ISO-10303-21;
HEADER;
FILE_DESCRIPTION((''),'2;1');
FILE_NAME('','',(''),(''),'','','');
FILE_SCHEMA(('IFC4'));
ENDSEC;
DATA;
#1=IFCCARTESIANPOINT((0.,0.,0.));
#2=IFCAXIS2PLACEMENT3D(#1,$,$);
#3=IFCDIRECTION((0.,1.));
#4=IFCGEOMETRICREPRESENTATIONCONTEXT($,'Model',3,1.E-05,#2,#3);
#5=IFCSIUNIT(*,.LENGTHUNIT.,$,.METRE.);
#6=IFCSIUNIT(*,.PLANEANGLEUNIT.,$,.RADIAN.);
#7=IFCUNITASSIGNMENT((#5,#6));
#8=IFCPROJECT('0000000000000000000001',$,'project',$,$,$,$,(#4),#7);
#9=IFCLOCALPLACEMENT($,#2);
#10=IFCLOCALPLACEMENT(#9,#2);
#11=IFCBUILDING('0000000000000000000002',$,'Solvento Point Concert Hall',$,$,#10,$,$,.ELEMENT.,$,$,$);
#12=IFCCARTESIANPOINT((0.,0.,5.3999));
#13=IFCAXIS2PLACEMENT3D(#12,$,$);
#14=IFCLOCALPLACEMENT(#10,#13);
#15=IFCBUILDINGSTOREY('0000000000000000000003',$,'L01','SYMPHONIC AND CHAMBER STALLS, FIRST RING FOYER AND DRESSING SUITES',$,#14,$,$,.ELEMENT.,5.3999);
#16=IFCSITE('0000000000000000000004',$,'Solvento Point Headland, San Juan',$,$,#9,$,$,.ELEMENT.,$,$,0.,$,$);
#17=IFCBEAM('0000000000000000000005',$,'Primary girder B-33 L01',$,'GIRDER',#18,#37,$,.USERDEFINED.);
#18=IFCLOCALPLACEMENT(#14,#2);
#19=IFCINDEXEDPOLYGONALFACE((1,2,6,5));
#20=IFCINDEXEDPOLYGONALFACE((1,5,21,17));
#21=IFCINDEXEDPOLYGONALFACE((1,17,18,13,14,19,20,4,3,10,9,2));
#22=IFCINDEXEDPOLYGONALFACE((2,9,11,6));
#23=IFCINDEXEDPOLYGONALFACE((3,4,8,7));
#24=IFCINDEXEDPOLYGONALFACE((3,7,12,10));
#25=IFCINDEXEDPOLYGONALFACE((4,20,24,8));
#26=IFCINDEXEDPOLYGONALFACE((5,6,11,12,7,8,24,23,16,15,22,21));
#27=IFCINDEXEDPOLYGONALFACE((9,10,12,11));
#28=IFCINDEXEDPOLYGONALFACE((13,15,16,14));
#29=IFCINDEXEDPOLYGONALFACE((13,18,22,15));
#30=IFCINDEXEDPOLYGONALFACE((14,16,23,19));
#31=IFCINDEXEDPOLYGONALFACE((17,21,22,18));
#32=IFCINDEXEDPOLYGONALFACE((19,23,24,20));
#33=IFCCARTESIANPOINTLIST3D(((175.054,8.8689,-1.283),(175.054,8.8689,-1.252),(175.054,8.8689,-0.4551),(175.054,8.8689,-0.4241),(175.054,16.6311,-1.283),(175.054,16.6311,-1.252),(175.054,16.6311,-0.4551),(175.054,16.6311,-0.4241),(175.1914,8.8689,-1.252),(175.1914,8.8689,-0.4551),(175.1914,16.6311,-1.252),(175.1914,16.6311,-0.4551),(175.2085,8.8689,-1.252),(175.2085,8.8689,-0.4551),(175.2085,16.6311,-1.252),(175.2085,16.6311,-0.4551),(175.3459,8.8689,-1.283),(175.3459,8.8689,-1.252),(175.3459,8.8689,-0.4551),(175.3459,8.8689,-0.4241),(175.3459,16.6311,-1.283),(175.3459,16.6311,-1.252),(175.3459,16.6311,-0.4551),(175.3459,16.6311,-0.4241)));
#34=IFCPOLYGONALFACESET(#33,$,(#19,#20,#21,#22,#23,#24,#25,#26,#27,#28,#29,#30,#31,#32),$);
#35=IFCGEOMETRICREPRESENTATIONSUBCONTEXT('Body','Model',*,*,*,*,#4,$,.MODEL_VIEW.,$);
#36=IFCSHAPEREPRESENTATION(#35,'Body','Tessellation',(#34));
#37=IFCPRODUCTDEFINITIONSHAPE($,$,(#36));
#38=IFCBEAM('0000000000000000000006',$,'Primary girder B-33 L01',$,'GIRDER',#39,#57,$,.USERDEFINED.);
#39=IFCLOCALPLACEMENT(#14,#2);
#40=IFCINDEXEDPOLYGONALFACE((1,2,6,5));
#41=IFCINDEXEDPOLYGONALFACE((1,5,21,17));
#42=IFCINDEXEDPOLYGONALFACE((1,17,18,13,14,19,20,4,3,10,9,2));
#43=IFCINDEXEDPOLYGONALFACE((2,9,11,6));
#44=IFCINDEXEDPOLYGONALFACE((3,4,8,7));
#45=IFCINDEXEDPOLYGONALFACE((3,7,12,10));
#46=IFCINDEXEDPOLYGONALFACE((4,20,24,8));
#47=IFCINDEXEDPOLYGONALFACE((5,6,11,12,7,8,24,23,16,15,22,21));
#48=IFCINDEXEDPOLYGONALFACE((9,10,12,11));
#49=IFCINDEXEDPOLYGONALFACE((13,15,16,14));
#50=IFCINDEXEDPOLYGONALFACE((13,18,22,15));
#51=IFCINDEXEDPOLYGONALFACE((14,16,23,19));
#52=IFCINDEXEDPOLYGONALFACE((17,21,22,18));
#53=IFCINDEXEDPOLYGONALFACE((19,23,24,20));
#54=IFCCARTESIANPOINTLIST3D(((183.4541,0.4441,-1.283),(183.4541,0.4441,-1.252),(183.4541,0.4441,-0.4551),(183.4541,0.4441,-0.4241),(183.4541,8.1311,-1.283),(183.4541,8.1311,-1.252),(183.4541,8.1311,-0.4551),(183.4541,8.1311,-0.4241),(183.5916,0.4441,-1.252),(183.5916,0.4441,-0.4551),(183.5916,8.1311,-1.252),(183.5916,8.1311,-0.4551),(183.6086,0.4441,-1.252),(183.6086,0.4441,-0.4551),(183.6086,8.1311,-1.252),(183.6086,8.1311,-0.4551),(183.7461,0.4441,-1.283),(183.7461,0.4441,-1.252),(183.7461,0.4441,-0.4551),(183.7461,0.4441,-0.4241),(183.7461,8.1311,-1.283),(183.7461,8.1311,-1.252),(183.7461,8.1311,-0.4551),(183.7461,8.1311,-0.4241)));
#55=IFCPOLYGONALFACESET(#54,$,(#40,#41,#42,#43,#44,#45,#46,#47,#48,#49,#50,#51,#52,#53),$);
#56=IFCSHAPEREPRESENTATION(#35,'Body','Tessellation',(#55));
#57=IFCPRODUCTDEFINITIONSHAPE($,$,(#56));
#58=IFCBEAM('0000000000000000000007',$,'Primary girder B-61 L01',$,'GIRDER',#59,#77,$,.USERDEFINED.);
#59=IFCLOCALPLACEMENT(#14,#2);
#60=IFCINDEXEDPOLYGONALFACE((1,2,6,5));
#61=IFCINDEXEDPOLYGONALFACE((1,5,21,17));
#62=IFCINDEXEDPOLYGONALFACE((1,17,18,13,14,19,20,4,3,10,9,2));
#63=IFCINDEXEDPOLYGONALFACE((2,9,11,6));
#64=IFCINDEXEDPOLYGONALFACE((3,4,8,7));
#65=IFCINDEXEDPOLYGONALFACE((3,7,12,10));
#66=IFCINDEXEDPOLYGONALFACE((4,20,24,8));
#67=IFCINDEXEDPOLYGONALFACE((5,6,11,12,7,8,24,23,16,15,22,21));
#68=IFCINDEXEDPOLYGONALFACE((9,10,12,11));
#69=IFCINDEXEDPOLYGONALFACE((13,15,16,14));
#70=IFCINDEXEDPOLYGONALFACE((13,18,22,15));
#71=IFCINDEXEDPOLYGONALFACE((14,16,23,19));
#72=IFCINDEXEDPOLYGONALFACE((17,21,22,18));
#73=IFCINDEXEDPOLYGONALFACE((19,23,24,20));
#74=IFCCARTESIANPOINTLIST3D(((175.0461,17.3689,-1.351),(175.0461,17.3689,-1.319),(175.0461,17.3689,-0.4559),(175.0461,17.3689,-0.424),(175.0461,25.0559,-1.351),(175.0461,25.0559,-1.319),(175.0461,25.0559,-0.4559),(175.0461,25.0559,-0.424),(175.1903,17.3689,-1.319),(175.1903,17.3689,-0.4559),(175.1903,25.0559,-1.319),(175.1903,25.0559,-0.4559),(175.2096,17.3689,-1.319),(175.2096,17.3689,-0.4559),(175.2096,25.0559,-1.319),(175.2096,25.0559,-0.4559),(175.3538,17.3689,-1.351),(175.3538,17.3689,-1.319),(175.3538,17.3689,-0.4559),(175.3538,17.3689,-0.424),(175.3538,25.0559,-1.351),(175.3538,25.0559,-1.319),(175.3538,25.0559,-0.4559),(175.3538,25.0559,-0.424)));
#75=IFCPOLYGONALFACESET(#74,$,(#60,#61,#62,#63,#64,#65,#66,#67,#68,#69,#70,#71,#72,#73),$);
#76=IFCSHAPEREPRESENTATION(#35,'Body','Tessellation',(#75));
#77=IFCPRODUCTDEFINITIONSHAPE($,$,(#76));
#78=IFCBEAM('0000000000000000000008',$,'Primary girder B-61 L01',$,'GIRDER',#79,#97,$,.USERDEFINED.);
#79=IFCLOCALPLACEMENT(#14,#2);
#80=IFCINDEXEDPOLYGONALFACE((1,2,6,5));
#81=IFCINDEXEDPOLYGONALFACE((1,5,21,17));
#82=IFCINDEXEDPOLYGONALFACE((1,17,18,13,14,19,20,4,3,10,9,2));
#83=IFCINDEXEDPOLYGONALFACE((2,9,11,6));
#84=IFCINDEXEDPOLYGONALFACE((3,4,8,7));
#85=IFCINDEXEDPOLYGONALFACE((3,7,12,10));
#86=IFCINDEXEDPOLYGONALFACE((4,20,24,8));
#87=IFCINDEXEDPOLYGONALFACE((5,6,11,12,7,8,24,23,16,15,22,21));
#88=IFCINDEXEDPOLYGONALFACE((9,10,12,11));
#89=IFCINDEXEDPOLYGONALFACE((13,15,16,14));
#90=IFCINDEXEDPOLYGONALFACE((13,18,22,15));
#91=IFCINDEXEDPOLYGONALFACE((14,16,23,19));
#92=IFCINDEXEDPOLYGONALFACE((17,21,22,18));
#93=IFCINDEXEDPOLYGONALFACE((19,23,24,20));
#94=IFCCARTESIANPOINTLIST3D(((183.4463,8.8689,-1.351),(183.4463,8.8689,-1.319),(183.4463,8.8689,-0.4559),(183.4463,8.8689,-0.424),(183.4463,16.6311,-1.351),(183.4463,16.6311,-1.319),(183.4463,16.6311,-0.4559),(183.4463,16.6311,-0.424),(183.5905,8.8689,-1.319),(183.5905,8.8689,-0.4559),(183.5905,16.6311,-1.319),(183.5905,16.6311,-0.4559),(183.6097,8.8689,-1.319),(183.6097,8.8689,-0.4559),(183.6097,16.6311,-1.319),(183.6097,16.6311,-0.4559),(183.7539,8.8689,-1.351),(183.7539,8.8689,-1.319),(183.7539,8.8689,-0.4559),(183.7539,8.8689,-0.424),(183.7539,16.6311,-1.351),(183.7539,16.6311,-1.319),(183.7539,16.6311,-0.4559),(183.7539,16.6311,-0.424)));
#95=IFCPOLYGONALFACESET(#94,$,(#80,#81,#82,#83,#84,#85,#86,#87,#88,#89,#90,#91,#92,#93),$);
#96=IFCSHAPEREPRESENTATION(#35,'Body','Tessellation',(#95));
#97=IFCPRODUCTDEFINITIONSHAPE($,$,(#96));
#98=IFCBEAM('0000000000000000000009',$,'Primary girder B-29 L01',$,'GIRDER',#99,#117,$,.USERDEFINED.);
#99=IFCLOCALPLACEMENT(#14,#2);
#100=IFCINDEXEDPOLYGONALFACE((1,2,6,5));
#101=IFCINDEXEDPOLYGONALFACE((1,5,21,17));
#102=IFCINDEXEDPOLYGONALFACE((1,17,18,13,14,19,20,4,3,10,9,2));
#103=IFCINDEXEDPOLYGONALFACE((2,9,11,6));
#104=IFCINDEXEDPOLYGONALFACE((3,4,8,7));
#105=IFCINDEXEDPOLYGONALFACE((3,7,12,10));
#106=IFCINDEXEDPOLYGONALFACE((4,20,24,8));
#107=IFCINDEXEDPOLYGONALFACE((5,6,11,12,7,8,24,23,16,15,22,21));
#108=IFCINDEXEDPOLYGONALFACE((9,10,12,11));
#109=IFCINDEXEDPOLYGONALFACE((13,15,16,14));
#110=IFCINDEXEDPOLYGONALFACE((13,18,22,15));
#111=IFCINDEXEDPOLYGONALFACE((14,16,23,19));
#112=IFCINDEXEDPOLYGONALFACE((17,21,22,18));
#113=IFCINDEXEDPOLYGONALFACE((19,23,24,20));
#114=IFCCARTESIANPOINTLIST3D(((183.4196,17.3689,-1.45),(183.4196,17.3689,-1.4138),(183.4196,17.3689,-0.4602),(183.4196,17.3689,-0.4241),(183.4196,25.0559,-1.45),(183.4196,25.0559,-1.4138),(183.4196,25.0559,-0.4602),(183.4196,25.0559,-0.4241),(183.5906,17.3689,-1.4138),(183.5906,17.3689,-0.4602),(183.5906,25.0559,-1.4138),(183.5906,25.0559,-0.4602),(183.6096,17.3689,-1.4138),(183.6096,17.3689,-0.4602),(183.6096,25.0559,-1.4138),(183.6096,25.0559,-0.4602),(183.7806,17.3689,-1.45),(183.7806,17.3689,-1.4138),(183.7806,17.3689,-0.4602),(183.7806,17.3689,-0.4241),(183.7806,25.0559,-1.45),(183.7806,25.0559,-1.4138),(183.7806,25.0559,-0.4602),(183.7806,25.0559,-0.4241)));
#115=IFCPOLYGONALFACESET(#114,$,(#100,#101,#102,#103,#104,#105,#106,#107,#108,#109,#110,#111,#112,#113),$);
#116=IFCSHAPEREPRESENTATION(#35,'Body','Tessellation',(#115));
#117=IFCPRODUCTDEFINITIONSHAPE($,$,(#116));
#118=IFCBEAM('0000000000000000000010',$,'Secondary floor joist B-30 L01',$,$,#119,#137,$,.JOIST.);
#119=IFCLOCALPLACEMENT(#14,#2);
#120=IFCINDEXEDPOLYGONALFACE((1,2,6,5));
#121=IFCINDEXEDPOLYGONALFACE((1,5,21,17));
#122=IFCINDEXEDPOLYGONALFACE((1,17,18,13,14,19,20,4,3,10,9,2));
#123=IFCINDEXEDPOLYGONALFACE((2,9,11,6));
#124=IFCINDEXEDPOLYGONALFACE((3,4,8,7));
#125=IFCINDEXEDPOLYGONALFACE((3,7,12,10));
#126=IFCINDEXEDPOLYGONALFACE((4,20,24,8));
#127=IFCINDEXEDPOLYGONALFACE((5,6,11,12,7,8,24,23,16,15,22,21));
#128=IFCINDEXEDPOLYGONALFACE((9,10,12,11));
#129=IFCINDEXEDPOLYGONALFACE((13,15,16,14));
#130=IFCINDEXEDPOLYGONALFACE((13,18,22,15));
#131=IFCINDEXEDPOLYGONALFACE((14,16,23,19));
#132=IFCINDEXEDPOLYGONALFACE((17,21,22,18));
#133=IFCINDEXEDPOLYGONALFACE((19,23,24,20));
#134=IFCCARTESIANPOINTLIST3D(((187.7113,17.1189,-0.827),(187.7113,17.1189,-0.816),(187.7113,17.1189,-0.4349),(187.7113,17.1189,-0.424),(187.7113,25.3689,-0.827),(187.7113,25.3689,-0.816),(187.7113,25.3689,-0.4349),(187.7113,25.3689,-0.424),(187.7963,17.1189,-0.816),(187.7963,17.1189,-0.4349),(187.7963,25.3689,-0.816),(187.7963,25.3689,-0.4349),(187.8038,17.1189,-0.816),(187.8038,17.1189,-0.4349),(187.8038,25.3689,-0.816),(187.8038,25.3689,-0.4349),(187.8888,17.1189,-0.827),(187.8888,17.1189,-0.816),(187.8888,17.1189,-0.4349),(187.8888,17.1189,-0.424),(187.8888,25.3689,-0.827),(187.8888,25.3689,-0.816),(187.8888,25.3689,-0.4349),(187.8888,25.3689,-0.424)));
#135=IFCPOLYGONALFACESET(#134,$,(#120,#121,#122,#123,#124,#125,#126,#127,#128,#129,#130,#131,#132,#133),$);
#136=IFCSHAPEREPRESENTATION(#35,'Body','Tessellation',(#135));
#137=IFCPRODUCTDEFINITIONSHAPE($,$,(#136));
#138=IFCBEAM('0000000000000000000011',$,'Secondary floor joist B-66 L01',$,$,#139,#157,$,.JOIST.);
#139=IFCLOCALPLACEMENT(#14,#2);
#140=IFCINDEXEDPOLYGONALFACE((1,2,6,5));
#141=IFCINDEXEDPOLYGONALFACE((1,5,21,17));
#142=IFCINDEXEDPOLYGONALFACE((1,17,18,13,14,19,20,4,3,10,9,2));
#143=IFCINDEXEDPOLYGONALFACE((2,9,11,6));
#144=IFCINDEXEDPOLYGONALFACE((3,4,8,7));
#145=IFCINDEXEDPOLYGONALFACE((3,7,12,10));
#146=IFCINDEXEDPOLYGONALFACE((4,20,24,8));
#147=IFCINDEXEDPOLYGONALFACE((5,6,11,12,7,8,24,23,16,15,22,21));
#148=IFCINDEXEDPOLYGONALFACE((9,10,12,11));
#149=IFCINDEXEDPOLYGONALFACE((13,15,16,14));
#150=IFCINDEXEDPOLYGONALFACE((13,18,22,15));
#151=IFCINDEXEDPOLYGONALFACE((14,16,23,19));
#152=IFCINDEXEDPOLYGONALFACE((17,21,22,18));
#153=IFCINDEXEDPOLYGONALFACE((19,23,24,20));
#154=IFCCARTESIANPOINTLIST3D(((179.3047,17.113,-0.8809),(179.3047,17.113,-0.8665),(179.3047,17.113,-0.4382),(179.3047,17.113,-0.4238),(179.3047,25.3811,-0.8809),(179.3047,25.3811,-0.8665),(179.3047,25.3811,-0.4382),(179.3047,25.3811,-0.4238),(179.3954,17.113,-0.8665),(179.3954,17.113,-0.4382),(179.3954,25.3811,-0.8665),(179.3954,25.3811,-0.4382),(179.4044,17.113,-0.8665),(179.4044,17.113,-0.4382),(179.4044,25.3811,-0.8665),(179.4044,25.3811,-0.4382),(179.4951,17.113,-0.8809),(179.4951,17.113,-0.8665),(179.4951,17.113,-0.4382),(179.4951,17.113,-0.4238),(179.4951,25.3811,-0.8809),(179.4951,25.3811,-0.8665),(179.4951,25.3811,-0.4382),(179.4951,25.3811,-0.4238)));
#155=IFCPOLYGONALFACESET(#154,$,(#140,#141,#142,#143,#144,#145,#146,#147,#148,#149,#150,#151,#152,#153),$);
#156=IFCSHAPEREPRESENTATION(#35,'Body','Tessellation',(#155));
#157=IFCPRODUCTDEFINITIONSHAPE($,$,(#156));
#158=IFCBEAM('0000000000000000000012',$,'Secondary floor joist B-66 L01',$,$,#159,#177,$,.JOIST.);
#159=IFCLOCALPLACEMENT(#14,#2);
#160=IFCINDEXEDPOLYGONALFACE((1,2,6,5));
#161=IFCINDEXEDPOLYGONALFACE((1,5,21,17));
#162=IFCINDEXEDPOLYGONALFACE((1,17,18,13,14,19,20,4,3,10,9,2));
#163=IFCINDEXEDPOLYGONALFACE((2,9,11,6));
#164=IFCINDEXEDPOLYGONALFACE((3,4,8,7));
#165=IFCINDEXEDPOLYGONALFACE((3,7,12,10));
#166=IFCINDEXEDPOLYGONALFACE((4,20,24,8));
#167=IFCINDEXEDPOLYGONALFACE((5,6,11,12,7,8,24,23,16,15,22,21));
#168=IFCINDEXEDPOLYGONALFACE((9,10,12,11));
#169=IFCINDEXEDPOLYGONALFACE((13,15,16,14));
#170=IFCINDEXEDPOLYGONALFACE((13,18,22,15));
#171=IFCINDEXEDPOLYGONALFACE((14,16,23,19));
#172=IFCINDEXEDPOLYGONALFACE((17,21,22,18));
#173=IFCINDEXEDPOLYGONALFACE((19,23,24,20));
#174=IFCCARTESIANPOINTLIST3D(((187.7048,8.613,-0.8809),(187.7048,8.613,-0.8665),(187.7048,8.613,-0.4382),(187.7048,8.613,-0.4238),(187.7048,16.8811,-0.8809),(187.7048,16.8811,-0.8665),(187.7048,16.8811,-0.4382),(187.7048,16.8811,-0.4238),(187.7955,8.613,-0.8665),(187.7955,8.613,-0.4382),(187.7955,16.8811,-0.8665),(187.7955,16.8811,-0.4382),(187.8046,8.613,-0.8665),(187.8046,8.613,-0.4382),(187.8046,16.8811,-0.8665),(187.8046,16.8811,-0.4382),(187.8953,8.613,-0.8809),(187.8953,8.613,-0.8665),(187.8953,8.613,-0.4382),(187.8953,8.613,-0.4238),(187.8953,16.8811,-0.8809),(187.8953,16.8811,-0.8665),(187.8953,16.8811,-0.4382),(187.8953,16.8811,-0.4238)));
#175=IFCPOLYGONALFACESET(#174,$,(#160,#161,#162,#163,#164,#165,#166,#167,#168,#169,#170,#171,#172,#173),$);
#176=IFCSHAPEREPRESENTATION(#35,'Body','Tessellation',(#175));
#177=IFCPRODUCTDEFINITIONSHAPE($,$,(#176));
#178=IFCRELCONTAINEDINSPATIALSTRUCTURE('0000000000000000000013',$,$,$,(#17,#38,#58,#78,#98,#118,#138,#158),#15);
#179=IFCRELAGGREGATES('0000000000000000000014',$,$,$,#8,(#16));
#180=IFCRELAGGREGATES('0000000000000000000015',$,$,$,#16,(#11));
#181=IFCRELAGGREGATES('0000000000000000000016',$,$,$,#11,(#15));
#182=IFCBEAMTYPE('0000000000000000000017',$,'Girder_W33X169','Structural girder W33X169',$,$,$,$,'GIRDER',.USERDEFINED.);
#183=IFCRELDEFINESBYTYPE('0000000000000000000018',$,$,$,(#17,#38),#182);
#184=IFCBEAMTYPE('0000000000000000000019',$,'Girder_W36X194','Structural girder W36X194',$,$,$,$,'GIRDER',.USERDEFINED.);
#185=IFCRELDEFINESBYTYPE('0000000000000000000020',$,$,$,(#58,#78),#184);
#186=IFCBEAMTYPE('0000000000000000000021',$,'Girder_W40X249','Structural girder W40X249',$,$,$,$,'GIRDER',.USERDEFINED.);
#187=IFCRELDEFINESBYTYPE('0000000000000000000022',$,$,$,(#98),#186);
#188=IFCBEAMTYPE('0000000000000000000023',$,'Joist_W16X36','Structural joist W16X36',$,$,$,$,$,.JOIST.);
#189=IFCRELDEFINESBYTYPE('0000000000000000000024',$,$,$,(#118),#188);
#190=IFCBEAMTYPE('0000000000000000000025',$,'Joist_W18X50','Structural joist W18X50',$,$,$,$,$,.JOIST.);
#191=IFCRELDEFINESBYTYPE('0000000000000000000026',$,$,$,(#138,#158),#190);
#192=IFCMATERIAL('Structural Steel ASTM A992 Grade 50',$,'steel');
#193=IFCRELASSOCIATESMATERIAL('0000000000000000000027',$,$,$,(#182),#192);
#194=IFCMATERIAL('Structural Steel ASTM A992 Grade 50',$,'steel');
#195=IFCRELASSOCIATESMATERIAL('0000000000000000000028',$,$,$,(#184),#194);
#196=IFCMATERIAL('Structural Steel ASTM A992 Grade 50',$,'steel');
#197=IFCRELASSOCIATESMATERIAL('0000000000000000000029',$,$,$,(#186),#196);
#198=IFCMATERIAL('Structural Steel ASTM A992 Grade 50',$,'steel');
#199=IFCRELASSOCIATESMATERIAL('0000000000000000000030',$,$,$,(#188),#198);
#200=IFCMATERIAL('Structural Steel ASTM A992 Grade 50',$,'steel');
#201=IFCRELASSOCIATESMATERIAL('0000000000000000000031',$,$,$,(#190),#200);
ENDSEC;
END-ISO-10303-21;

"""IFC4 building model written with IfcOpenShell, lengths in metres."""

from ifc_helpers import new_model, si_unit, direction, frame, origin, origin_2d, place, context, subcontext, project, spatial, i_section, extrude, material, material_profile, profile_set, type_object, element, save


model = new_model("IFC4")

# Units and contexts
model_context = context("Model", 3, precision=1e-05, world=origin(), true_north=direction((0.0, 1.0)))
body_context = subcontext(model_context, "Body", "Model", "MODEL_VIEW")
ifc_project = project(units=[si_unit("LENGTHUNIT", "METRE"), si_unit("PLANEANGLEUNIT", "RADIAN")], contexts=[model_context])

# Site, building, storey
site_placement = place(None, origin())
site = spatial("IfcSite", under=ifc_project, at=site_placement, Name="Solvento Point Headland, San Juan", CompositionType="ELEMENT", RefElevation=0.0)
building_placement = place(site_placement, origin())
building = spatial("IfcBuilding", under=site, at=building_placement, Name="Solvento Point Concert Hall", CompositionType="ELEMENT")
storey_placement = place(building_placement, frame((0.0, 0.0, 5.3999)))
storey = spatial("IfcBuildingStorey", under=building, at=storey_placement, Name="L01", Description="SYMPHONIC AND CHAMBER STALLS, FIRST RING FOYER AND DRESSING SUITES", CompositionType="ELEMENT", Elevation=5.3999)

# Beams
ifc_material_1 = material(Name="Structural Steel ASTM A992 Grade 50", Category="steel")
ifc_material_profile_1 = material_profile(ifc_material_1, i_section(OverallWidth=0.292, OverallDepth=0.8589, WebThickness=0.0171, FlangeThickness=0.031, at=origin_2d()), Name="W33X169")
ifc_profile_set_1 = profile_set([ifc_material_profile_1], Name="Structural Steel ASTM A992 Grade 50")
beam_type_1 = type_object("IfcBeamType", Name="Girder_W33X169", Description="Structural girder W33X169", ElementType="GIRDER", PredefinedType="USERDEFINED", material=ifc_profile_set_1)
beam_1_placement = place(storey_placement, frame((175.2, 8.8689, -0.8535), z_axis=(0.0, 1.0, 0.0), x_axis=(-1.0, 0.0, 0.0)))
element("IfcBeam", 1, at=beam_1_placement, inside=storey, type_object=beam_type_1, Name="Primary girder B-33 L01", ObjectType="GIRDER", PredefinedType="USERDEFINED", context=body_context, shape_type="SweptSolid", body=[
    extrude(i_section(OverallWidth=0.292, OverallDepth=0.8589, WebThickness=0.0171, FlangeThickness=0.031, at=origin_2d()), origin(), (0.0, 0.0, 1.0), 7.7622),
])
beam_2_placement = place(storey_placement, frame((183.6001, 0.4441, -0.8535), z_axis=(0.0, 1.0, 0.0), x_axis=(-1.0, 0.0, 0.0)))
element("IfcBeam", 2, at=beam_2_placement, inside=storey, type_object=beam_type_1, Name="Primary girder B-33 L01", ObjectType="GIRDER", PredefinedType="USERDEFINED", context=body_context, shape_type="SweptSolid", body=[
    extrude(i_section(OverallWidth=0.292, OverallDepth=0.8589, WebThickness=0.0171, FlangeThickness=0.031, at=origin_2d()), origin(), (0.0, 0.0, 1.0), 7.687),
])
ifc_material_2 = material(Name="Structural Steel ASTM A992 Grade 50", Category="steel")
ifc_material_profile_2 = material_profile(ifc_material_2, i_section(OverallWidth=0.3076, OverallDepth=0.927, WebThickness=0.0193, FlangeThickness=0.032, at=origin_2d()), Name="W36X194")
ifc_profile_set_2 = profile_set([ifc_material_profile_2], Name="Structural Steel ASTM A992 Grade 50")
beam_type_2 = type_object("IfcBeamType", Name="Girder_W36X194", Description="Structural girder W36X194", ElementType="GIRDER", PredefinedType="USERDEFINED", material=ifc_profile_set_2)
beam_3_placement = place(storey_placement, frame((175.2, 17.3689, -0.8875), z_axis=(0.0, 1.0, 0.0), x_axis=(-1.0, 0.0, 0.0)))
element("IfcBeam", 3, at=beam_3_placement, inside=storey, type_object=beam_type_2, Name="Primary girder B-61 L01", ObjectType="GIRDER", PredefinedType="USERDEFINED", context=body_context, shape_type="SweptSolid", body=[
    extrude(i_section(OverallWidth=0.3076, OverallDepth=0.927, WebThickness=0.0193, FlangeThickness=0.032, at=origin_2d()), origin(), (0.0, 0.0, 1.0), 7.687),
])
beam_4_placement = place(storey_placement, frame((183.6001, 8.8689, -0.8875), z_axis=(0.0, 1.0, 0.0), x_axis=(-1.0, 0.0, 0.0)))
element("IfcBeam", 4, at=beam_4_placement, inside=storey, type_object=beam_type_2, Name="Primary girder B-61 L01", ObjectType="GIRDER", PredefinedType="USERDEFINED", context=body_context, shape_type="SweptSolid", body=[
    extrude(i_section(OverallWidth=0.3076, OverallDepth=0.927, WebThickness=0.0193, FlangeThickness=0.032, at=origin_2d()), origin(), (0.0, 0.0, 1.0), 7.7622),
])
ifc_material_3 = material(Name="Structural Steel ASTM A992 Grade 50", Category="steel")
ifc_material_profile_3 = material_profile(ifc_material_3, i_section(OverallWidth=0.3611, OverallDepth=1.0259, WebThickness=0.019, FlangeThickness=0.0361, at=origin_2d()), Name="W40X249")
ifc_profile_set_3 = profile_set([ifc_material_profile_3], Name="Structural Steel ASTM A992 Grade 50")
beam_type_3 = type_object("IfcBeamType", Name="Girder_W40X249", Description="Structural girder W40X249", ElementType="GIRDER", PredefinedType="USERDEFINED", material=ifc_profile_set_3)
beam_5_placement = place(storey_placement, frame((183.6001, 17.3689, -0.937), z_axis=(0.0, 1.0, 0.0), x_axis=(-1.0, 0.0, 0.0)))
element("IfcBeam", 5, at=beam_5_placement, inside=storey, type_object=beam_type_3, Name="Primary girder B-29 L01", ObjectType="GIRDER", PredefinedType="USERDEFINED", context=body_context, shape_type="SweptSolid", body=[
    extrude(i_section(OverallWidth=0.3611, OverallDepth=1.0259, WebThickness=0.019, FlangeThickness=0.0361, at=origin_2d()), origin(), (0.0, 0.0, 1.0), 7.687),
])
ifc_material_4 = material(Name="Structural Steel ASTM A992 Grade 50", Category="steel")
ifc_material_profile_4 = material_profile(ifc_material_4, i_section(OverallWidth=0.1775, OverallDepth=0.4031, WebThickness=0.0076, FlangeThickness=0.011, at=origin_2d()), Name="W16X36")
ifc_profile_set_4 = profile_set([ifc_material_profile_4], Name="Structural Steel ASTM A992 Grade 50")
beam_type_4 = type_object("IfcBeamType", Name="Joist_W16X36", Description="Structural joist W16X36", PredefinedType="JOIST", material=ifc_profile_set_4)
beam_6_placement = place(storey_placement, frame((187.8, 17.1189, -0.6255), z_axis=(0.0, 1.0, 0.0), x_axis=(-1.0, 0.0, 0.0)))
element("IfcBeam", 6, at=beam_6_placement, inside=storey, type_object=beam_type_4, Name="Secondary floor joist B-30 L01", PredefinedType="JOIST", context=body_context, shape_type="SweptSolid", body=[
    extrude(i_section(OverallWidth=0.1775, OverallDepth=0.4031, WebThickness=0.0076, FlangeThickness=0.011, at=origin_2d()), origin(), (0.0, 0.0, 1.0), 8.25),
])
ifc_material_5 = material(Name="Structural Steel ASTM A992 Grade 50", Category="steel")
ifc_material_profile_5 = material_profile(ifc_material_5, i_section(OverallWidth=0.1904, OverallDepth=0.457, WebThickness=0.009, FlangeThickness=0.0144, at=origin_2d()), Name="W18X50")
ifc_profile_set_5 = profile_set([ifc_material_profile_5], Name="Structural Steel ASTM A992 Grade 50")
beam_type_5 = type_object("IfcBeamType", Name="Joist_W18X50", Description="Structural joist W18X50", PredefinedType="JOIST", material=ifc_profile_set_5)
for number, where, z_axis, x_axis, name in (
    (7, (179.3999, 17.113, -0.6523), (0.0, 1.0, 0.0), (-1.0, 0.0, 0.0), "Secondary floor joist B-66 L01"),
    (8, (187.8, 8.613, -0.6523), (0.0, 1.0, 0.0), (-1.0, 0.0, 0.0), "Secondary floor joist B-66 L01"),
):
    element("IfcBeam", number, at=place(storey_placement, frame(where, z_axis=z_axis, x_axis=x_axis)), inside=storey, type_object=beam_type_5, Name=name, PredefinedType="JOIST", context=body_context, shape_type="SweptSolid", body=[
        extrude(i_section(OverallWidth=0.1904, OverallDepth=0.457, WebThickness=0.009, FlangeThickness=0.0144, at=origin_2d()), origin(), (0.0, 0.0, 1.0), 8.2681),
    ])

save(model, "model.ifc")
